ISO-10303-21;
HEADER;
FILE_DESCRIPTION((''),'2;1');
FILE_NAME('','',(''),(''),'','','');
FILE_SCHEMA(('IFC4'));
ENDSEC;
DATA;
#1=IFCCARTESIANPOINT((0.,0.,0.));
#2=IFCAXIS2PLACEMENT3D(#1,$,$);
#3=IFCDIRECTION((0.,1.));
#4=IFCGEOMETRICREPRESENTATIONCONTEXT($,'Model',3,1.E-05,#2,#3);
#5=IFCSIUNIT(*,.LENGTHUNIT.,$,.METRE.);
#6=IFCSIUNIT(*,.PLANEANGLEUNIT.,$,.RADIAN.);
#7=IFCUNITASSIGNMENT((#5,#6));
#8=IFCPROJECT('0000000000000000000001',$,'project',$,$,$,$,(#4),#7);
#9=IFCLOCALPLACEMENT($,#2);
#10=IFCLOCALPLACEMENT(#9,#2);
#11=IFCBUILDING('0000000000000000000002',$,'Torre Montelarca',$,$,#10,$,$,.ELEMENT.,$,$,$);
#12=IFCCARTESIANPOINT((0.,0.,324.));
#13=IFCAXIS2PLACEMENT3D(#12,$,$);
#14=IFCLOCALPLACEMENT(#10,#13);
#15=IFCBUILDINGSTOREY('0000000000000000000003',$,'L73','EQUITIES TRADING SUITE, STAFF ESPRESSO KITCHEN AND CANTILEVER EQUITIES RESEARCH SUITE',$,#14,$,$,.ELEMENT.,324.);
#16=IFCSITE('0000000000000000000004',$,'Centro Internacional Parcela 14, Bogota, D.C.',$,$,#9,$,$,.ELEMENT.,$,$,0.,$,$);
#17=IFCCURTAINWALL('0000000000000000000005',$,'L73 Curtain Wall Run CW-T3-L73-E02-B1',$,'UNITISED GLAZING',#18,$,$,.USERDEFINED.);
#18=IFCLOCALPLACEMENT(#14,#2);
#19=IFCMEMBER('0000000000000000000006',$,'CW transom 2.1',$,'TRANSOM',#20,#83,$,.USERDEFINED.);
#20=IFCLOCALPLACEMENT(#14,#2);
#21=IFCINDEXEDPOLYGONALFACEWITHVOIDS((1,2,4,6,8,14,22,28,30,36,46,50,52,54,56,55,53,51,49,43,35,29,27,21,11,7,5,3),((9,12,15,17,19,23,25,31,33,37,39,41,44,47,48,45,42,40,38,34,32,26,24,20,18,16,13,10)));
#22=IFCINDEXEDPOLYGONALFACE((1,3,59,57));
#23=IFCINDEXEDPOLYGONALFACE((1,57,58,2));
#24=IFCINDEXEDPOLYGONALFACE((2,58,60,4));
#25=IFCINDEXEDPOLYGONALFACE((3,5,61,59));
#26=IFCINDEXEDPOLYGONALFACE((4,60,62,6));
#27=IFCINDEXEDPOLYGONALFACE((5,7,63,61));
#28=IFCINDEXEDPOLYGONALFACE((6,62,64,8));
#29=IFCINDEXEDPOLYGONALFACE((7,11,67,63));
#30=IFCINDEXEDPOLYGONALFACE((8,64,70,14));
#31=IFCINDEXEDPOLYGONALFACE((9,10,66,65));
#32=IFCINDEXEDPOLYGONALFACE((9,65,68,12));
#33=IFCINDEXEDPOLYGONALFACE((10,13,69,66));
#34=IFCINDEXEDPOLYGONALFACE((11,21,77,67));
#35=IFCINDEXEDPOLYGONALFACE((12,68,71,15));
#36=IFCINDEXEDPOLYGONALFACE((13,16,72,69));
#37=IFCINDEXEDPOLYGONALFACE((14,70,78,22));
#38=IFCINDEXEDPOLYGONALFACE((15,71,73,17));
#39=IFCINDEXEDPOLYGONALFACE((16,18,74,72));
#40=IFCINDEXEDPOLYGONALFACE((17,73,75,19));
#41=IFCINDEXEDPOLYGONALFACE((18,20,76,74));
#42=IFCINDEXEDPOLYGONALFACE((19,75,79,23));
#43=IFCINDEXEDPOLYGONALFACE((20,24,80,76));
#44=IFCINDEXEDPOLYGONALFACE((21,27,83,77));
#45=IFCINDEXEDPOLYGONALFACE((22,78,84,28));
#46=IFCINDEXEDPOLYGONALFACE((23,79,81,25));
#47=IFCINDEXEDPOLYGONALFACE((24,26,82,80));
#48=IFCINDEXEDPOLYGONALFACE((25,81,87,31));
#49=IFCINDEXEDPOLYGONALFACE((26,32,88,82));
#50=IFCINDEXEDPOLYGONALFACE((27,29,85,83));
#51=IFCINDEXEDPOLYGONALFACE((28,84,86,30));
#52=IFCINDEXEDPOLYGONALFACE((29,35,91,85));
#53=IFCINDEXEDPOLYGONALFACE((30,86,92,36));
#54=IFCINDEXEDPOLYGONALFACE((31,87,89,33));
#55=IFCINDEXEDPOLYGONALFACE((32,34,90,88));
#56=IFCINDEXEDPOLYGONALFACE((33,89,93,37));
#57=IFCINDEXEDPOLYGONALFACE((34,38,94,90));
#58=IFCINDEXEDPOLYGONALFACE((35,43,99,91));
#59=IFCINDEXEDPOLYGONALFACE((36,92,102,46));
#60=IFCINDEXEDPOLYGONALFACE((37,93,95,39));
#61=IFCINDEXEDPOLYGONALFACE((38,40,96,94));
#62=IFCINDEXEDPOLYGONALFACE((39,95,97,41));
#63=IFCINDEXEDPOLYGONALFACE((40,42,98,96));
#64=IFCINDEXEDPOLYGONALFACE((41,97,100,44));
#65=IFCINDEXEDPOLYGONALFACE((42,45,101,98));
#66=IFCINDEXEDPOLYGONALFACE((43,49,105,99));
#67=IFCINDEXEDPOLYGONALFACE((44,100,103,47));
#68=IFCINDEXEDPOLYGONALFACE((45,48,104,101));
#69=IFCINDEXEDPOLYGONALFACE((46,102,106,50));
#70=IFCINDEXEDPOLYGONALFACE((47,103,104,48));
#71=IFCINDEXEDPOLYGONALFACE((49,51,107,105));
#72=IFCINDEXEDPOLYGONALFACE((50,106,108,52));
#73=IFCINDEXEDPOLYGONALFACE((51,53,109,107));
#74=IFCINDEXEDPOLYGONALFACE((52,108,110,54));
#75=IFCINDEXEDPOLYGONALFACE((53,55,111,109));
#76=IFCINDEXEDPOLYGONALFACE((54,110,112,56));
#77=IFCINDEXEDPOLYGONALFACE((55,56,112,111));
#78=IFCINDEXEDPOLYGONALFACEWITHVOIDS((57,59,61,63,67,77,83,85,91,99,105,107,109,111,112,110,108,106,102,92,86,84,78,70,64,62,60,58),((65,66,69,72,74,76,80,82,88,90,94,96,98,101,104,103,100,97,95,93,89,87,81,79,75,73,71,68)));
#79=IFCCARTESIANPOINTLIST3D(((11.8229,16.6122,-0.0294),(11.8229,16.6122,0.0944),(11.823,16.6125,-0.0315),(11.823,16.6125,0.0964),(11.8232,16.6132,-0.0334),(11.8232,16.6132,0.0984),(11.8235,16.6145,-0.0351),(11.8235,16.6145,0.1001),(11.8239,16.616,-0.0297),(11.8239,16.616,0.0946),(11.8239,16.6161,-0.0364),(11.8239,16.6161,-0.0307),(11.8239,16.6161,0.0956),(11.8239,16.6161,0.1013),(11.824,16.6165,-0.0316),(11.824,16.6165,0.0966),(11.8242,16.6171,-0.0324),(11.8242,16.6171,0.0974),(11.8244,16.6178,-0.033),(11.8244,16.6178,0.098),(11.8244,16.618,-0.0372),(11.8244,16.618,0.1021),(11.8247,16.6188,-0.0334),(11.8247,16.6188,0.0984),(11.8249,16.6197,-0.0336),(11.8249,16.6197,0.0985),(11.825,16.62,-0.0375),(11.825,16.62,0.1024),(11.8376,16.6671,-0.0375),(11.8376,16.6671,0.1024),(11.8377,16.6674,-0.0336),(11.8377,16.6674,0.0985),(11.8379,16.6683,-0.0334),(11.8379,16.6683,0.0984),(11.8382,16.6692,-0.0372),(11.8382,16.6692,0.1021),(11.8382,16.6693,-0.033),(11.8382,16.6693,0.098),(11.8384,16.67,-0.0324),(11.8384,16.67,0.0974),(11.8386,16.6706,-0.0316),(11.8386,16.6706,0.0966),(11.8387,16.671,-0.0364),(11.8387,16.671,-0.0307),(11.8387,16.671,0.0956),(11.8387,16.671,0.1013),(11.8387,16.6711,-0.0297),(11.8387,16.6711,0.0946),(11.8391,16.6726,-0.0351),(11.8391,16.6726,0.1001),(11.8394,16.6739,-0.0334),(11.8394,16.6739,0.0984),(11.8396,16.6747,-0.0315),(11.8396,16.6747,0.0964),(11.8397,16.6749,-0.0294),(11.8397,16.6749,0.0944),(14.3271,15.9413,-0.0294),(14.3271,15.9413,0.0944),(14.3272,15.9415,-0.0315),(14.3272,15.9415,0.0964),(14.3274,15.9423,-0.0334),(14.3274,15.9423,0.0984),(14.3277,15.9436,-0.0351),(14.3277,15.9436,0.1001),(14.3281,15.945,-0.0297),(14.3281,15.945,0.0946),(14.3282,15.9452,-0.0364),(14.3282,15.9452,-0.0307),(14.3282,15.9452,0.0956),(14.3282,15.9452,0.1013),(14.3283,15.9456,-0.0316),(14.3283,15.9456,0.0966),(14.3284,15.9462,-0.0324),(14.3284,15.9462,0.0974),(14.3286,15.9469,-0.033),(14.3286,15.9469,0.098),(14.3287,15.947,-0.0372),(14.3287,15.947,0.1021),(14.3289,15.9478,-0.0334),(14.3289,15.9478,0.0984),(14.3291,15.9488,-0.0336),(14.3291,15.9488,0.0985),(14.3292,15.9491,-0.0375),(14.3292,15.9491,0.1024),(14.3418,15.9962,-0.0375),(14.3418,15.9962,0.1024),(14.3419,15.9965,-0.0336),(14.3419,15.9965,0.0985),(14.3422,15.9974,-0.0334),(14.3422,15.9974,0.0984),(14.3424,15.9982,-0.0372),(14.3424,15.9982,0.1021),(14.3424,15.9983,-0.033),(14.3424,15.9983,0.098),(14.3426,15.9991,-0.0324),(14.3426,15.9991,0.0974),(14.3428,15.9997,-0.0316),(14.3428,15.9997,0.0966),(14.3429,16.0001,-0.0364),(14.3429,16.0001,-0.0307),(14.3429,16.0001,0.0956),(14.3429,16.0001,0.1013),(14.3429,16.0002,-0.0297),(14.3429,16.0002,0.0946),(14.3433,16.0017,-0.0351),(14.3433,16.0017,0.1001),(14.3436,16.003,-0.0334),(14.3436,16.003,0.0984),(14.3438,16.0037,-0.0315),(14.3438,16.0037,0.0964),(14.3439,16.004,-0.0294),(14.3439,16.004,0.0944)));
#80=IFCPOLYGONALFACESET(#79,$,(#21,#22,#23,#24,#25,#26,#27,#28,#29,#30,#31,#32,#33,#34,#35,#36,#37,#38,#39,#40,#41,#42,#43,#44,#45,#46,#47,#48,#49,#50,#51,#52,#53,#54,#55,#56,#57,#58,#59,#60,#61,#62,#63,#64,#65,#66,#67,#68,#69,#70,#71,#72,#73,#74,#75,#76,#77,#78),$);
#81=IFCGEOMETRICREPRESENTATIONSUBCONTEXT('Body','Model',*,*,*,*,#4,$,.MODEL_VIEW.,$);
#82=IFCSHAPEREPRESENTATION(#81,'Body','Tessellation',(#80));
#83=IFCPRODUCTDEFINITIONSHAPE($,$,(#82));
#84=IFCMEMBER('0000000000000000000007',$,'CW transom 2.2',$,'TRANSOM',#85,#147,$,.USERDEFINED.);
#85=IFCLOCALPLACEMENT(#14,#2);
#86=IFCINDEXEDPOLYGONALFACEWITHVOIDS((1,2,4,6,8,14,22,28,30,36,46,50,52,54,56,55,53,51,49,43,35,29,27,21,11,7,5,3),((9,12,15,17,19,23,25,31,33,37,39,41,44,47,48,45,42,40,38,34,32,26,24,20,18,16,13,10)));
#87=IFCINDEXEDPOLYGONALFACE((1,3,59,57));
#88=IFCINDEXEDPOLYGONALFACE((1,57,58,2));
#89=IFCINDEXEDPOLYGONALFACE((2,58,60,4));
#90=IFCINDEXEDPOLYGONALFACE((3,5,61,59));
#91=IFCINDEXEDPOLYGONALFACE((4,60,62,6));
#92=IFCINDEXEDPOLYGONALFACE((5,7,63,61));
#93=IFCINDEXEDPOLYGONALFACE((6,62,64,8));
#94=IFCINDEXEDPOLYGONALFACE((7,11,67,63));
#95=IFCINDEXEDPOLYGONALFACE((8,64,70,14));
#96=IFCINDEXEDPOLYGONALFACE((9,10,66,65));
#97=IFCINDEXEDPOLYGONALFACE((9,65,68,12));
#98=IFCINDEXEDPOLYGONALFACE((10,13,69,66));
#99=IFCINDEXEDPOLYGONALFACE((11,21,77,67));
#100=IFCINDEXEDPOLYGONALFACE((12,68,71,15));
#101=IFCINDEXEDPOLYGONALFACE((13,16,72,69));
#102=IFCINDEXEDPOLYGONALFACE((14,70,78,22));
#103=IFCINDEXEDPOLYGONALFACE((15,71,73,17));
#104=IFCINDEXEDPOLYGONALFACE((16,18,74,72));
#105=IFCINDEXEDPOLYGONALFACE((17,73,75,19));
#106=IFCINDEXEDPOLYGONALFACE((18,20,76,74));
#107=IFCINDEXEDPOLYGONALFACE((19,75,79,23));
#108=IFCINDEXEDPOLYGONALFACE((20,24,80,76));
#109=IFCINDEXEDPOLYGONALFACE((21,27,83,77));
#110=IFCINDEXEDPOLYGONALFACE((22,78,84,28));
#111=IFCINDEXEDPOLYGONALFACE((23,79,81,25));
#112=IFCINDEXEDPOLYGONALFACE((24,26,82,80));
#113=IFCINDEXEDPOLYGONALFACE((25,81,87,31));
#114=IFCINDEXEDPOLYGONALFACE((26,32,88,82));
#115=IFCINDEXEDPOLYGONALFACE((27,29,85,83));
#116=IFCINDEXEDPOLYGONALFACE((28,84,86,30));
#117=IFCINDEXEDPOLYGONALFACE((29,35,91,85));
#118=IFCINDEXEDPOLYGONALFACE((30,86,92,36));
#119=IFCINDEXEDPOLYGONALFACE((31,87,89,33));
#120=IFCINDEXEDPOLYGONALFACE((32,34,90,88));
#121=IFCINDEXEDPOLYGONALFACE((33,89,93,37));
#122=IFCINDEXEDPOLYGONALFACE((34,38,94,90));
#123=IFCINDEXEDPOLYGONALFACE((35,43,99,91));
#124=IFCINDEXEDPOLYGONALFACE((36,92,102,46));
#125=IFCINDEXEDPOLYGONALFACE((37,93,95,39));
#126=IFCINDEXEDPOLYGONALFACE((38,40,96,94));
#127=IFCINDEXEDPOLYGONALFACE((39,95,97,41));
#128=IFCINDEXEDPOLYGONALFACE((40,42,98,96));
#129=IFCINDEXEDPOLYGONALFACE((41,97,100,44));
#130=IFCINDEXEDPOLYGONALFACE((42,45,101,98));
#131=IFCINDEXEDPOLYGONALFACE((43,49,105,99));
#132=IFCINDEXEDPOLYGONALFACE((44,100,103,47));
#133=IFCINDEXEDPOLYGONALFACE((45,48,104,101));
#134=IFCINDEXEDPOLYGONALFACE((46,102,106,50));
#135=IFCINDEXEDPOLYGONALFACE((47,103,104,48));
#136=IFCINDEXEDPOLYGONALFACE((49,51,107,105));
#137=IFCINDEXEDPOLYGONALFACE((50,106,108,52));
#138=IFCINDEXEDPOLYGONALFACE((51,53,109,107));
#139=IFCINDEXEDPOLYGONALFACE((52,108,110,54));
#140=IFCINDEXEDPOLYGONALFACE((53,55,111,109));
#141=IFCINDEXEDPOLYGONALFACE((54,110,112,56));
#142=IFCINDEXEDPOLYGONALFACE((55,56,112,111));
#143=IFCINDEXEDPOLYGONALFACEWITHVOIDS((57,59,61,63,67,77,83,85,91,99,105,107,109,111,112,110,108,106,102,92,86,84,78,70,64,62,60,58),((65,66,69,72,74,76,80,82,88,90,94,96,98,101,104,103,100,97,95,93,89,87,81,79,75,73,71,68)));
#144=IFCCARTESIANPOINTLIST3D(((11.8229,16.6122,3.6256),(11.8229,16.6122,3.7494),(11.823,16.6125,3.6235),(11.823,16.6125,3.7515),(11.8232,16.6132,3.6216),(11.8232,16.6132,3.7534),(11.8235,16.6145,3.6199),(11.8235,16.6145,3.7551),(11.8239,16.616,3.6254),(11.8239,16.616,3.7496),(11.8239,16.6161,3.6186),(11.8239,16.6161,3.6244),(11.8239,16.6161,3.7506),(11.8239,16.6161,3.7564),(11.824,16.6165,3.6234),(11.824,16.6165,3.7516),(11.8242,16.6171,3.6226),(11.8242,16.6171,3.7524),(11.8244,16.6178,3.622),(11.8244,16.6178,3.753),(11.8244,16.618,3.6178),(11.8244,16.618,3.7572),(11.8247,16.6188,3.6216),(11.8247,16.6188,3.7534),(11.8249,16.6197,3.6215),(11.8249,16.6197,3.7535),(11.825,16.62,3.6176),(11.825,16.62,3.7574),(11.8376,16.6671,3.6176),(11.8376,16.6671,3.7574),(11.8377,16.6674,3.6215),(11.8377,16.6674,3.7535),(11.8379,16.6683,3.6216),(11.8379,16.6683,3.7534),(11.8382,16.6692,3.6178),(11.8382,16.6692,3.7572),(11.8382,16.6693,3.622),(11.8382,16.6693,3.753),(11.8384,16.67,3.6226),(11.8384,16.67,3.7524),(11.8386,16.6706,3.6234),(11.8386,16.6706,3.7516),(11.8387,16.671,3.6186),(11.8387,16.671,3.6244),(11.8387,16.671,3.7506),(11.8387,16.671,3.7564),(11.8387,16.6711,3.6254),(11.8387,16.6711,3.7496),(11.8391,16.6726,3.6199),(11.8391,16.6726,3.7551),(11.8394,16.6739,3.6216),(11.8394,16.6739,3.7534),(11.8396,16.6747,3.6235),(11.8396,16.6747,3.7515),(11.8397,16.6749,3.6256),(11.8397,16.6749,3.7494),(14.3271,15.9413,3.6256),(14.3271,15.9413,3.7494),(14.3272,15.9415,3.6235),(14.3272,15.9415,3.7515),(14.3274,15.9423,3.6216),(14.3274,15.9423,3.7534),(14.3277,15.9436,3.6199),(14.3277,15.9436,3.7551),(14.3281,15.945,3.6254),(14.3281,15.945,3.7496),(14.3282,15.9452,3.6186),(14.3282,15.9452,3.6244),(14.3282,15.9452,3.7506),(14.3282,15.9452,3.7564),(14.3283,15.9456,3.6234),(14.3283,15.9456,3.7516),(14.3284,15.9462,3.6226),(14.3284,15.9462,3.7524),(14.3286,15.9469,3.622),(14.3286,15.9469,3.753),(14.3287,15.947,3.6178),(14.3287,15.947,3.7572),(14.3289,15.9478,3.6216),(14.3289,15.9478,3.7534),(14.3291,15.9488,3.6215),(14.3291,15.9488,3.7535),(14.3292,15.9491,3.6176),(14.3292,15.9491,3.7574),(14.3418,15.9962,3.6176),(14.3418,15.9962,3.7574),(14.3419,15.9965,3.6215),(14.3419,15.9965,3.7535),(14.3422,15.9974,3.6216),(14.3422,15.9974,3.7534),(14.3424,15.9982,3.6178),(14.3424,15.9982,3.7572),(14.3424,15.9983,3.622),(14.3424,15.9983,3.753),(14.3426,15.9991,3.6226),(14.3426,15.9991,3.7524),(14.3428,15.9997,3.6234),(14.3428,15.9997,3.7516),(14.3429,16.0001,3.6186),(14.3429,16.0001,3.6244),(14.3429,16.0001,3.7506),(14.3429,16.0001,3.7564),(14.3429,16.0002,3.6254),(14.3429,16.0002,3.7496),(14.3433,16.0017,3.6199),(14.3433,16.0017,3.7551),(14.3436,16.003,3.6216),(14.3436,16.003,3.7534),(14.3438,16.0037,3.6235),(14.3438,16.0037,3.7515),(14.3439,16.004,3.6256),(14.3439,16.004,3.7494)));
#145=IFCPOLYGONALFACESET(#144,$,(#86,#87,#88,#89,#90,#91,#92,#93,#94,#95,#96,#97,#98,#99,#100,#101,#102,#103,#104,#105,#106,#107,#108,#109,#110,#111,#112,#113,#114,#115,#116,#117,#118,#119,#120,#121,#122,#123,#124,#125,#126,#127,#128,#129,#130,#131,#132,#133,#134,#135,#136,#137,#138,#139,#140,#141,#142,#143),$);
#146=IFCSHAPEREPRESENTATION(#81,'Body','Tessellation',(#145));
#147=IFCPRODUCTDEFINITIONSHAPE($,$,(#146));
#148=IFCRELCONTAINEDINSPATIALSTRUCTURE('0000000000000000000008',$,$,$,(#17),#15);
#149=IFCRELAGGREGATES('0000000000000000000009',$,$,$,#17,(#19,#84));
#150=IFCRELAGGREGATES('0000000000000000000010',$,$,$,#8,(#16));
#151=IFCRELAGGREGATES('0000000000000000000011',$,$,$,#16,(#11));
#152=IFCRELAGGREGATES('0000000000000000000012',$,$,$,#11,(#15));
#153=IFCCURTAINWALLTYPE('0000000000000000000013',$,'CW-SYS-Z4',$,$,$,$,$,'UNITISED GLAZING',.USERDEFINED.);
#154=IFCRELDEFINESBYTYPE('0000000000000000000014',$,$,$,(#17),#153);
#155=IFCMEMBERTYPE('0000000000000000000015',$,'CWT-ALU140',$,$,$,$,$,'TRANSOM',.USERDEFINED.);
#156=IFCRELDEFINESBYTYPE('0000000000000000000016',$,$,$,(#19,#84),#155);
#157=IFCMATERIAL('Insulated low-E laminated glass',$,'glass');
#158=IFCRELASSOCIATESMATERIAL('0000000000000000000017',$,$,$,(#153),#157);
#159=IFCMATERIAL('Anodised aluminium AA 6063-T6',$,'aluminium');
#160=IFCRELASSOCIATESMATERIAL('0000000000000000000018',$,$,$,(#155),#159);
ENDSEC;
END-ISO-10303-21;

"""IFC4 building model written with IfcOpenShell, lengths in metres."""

from ifc_helpers import new_model, si_unit, direction, frame, origin, origin_2d, place, context, subcontext, project, spatial, hollow_rectangle, extrude, source, transform, mapped, material, material_profile, profile_set, type_object, element, aggregate, save


model = new_model("IFC4")

# Units and contexts
model_context = context("Model", 3, precision=1e-05, world=origin(), true_north=direction((0.0, 1.0)))
body_context = subcontext(model_context, "Body", "Model", "MODEL_VIEW")
ifc_project = project(units=[si_unit("LENGTHUNIT", "METRE"), si_unit("PLANEANGLEUNIT", "RADIAN")], contexts=[model_context])

# Site, building, storey
site_placement = place(None, origin())
site = spatial("IfcSite", under=ifc_project, at=site_placement, Name="Centro Internacional Parcela 14, Bogota, D.C.", CompositionType="ELEMENT", RefElevation=0.0)
building_placement = place(site_placement, origin())
building = spatial("IfcBuilding", under=site, at=building_placement, Name="Torre Montelarca", CompositionType="ELEMENT")
storey_placement = place(building_placement, frame((0.0, 0.0, 324.0)))
storey = spatial("IfcBuildingStorey", under=building, at=storey_placement, Name="L73", Description="EQUITIES TRADING SUITE, STAFF ESPRESSO KITCHEN AND CANTILEVER EQUITIES RESEARCH SUITE", CompositionType="ELEMENT", Elevation=324.0)

# Curtain wall
ifc_material_1 = material(Name="Insulated low-E laminated glass", Category="glass")
curtain_wall_type = type_object("IfcCurtainWallType", Name="CW-SYS-Z4", ElementType="UNITISED GLAZING", PredefinedType="USERDEFINED", material=ifc_material_1)
curtain_wall_1_placement = place(storey_placement, origin())
curtain_wall_1 = element("IfcCurtainWall", 1, at=curtain_wall_1_placement, inside=storey, type_object=curtain_wall_type, Name="L73 Curtain Wall Run CW-T3-L73-E02-B1", ObjectType="UNITISED GLAZING", PredefinedType="USERDEFINED")
ifc_material_2 = material(Name="Anodised aluminium AA 6063-T6", Category="aluminium")

# Members
ifc_material_profile_1 = material_profile(ifc_material_2, hollow_rectangle(XDim=0.0649, YDim=0.1399, WallThickness=0.0039, InnerFilletRadius=0.0039, OuterFilletRadius=0.0081, at=origin_2d()), Name="ALU65X140X4", Category="aluminium")
ifc_profile_set_1 = profile_set([ifc_material_profile_1], Name="Anodised aluminium AA 6063-T6")
member_type_1 = type_object("IfcMemberType", Name="CWT-ALU140", ElementType="TRANSOM", PredefinedType="USERDEFINED", material=ifc_profile_set_1)
shared_shape_1 = source(origin(), body_context, "Body", "SweptSolid", [
    extrude(hollow_rectangle(XDim=0.0649, YDim=0.1399, WallThickness=0.0039, InnerFilletRadius=0.0039, OuterFilletRadius=0.0081, at=origin_2d()), origin(), (0.0, 0.0, 1.0), 2.5925),
])
member_1_placement = place(storey_placement, frame((11.8313, 16.6436, 0.0325), z_axis=(0.965934, -0.258788, 0.0), x_axis=(0.258788, 0.965934, 0.0)))
member_1 = element("IfcMember", 2, at=member_1_placement, type_object=member_type_1, Name="CW transom 2.1", ObjectType="TRANSOM", PredefinedType="USERDEFINED", context=body_context, shape_type="MappedRepresentation", body=[
    mapped(shared_shape_1, transform((0.0, 0.0, 0.0), scale=1.0)),
])
member_2_placement = place(storey_placement, frame((11.8313, 16.6436, 3.6875), z_axis=(0.965934, -0.258788, 0.0), x_axis=(0.258788, 0.965934, 0.0)))
member_2 = element("IfcMember", 3, at=member_2_placement, type_object=member_type_1, Name="CW transom 2.2", ObjectType="TRANSOM", PredefinedType="USERDEFINED", context=body_context, shape_type="MappedRepresentation", body=[
    mapped(shared_shape_1, transform((0.0, 0.0, 0.0), scale=1.0)),
])

aggregate(curtain_wall_1, [member_1, member_2])

save(model, "model.ifc")
